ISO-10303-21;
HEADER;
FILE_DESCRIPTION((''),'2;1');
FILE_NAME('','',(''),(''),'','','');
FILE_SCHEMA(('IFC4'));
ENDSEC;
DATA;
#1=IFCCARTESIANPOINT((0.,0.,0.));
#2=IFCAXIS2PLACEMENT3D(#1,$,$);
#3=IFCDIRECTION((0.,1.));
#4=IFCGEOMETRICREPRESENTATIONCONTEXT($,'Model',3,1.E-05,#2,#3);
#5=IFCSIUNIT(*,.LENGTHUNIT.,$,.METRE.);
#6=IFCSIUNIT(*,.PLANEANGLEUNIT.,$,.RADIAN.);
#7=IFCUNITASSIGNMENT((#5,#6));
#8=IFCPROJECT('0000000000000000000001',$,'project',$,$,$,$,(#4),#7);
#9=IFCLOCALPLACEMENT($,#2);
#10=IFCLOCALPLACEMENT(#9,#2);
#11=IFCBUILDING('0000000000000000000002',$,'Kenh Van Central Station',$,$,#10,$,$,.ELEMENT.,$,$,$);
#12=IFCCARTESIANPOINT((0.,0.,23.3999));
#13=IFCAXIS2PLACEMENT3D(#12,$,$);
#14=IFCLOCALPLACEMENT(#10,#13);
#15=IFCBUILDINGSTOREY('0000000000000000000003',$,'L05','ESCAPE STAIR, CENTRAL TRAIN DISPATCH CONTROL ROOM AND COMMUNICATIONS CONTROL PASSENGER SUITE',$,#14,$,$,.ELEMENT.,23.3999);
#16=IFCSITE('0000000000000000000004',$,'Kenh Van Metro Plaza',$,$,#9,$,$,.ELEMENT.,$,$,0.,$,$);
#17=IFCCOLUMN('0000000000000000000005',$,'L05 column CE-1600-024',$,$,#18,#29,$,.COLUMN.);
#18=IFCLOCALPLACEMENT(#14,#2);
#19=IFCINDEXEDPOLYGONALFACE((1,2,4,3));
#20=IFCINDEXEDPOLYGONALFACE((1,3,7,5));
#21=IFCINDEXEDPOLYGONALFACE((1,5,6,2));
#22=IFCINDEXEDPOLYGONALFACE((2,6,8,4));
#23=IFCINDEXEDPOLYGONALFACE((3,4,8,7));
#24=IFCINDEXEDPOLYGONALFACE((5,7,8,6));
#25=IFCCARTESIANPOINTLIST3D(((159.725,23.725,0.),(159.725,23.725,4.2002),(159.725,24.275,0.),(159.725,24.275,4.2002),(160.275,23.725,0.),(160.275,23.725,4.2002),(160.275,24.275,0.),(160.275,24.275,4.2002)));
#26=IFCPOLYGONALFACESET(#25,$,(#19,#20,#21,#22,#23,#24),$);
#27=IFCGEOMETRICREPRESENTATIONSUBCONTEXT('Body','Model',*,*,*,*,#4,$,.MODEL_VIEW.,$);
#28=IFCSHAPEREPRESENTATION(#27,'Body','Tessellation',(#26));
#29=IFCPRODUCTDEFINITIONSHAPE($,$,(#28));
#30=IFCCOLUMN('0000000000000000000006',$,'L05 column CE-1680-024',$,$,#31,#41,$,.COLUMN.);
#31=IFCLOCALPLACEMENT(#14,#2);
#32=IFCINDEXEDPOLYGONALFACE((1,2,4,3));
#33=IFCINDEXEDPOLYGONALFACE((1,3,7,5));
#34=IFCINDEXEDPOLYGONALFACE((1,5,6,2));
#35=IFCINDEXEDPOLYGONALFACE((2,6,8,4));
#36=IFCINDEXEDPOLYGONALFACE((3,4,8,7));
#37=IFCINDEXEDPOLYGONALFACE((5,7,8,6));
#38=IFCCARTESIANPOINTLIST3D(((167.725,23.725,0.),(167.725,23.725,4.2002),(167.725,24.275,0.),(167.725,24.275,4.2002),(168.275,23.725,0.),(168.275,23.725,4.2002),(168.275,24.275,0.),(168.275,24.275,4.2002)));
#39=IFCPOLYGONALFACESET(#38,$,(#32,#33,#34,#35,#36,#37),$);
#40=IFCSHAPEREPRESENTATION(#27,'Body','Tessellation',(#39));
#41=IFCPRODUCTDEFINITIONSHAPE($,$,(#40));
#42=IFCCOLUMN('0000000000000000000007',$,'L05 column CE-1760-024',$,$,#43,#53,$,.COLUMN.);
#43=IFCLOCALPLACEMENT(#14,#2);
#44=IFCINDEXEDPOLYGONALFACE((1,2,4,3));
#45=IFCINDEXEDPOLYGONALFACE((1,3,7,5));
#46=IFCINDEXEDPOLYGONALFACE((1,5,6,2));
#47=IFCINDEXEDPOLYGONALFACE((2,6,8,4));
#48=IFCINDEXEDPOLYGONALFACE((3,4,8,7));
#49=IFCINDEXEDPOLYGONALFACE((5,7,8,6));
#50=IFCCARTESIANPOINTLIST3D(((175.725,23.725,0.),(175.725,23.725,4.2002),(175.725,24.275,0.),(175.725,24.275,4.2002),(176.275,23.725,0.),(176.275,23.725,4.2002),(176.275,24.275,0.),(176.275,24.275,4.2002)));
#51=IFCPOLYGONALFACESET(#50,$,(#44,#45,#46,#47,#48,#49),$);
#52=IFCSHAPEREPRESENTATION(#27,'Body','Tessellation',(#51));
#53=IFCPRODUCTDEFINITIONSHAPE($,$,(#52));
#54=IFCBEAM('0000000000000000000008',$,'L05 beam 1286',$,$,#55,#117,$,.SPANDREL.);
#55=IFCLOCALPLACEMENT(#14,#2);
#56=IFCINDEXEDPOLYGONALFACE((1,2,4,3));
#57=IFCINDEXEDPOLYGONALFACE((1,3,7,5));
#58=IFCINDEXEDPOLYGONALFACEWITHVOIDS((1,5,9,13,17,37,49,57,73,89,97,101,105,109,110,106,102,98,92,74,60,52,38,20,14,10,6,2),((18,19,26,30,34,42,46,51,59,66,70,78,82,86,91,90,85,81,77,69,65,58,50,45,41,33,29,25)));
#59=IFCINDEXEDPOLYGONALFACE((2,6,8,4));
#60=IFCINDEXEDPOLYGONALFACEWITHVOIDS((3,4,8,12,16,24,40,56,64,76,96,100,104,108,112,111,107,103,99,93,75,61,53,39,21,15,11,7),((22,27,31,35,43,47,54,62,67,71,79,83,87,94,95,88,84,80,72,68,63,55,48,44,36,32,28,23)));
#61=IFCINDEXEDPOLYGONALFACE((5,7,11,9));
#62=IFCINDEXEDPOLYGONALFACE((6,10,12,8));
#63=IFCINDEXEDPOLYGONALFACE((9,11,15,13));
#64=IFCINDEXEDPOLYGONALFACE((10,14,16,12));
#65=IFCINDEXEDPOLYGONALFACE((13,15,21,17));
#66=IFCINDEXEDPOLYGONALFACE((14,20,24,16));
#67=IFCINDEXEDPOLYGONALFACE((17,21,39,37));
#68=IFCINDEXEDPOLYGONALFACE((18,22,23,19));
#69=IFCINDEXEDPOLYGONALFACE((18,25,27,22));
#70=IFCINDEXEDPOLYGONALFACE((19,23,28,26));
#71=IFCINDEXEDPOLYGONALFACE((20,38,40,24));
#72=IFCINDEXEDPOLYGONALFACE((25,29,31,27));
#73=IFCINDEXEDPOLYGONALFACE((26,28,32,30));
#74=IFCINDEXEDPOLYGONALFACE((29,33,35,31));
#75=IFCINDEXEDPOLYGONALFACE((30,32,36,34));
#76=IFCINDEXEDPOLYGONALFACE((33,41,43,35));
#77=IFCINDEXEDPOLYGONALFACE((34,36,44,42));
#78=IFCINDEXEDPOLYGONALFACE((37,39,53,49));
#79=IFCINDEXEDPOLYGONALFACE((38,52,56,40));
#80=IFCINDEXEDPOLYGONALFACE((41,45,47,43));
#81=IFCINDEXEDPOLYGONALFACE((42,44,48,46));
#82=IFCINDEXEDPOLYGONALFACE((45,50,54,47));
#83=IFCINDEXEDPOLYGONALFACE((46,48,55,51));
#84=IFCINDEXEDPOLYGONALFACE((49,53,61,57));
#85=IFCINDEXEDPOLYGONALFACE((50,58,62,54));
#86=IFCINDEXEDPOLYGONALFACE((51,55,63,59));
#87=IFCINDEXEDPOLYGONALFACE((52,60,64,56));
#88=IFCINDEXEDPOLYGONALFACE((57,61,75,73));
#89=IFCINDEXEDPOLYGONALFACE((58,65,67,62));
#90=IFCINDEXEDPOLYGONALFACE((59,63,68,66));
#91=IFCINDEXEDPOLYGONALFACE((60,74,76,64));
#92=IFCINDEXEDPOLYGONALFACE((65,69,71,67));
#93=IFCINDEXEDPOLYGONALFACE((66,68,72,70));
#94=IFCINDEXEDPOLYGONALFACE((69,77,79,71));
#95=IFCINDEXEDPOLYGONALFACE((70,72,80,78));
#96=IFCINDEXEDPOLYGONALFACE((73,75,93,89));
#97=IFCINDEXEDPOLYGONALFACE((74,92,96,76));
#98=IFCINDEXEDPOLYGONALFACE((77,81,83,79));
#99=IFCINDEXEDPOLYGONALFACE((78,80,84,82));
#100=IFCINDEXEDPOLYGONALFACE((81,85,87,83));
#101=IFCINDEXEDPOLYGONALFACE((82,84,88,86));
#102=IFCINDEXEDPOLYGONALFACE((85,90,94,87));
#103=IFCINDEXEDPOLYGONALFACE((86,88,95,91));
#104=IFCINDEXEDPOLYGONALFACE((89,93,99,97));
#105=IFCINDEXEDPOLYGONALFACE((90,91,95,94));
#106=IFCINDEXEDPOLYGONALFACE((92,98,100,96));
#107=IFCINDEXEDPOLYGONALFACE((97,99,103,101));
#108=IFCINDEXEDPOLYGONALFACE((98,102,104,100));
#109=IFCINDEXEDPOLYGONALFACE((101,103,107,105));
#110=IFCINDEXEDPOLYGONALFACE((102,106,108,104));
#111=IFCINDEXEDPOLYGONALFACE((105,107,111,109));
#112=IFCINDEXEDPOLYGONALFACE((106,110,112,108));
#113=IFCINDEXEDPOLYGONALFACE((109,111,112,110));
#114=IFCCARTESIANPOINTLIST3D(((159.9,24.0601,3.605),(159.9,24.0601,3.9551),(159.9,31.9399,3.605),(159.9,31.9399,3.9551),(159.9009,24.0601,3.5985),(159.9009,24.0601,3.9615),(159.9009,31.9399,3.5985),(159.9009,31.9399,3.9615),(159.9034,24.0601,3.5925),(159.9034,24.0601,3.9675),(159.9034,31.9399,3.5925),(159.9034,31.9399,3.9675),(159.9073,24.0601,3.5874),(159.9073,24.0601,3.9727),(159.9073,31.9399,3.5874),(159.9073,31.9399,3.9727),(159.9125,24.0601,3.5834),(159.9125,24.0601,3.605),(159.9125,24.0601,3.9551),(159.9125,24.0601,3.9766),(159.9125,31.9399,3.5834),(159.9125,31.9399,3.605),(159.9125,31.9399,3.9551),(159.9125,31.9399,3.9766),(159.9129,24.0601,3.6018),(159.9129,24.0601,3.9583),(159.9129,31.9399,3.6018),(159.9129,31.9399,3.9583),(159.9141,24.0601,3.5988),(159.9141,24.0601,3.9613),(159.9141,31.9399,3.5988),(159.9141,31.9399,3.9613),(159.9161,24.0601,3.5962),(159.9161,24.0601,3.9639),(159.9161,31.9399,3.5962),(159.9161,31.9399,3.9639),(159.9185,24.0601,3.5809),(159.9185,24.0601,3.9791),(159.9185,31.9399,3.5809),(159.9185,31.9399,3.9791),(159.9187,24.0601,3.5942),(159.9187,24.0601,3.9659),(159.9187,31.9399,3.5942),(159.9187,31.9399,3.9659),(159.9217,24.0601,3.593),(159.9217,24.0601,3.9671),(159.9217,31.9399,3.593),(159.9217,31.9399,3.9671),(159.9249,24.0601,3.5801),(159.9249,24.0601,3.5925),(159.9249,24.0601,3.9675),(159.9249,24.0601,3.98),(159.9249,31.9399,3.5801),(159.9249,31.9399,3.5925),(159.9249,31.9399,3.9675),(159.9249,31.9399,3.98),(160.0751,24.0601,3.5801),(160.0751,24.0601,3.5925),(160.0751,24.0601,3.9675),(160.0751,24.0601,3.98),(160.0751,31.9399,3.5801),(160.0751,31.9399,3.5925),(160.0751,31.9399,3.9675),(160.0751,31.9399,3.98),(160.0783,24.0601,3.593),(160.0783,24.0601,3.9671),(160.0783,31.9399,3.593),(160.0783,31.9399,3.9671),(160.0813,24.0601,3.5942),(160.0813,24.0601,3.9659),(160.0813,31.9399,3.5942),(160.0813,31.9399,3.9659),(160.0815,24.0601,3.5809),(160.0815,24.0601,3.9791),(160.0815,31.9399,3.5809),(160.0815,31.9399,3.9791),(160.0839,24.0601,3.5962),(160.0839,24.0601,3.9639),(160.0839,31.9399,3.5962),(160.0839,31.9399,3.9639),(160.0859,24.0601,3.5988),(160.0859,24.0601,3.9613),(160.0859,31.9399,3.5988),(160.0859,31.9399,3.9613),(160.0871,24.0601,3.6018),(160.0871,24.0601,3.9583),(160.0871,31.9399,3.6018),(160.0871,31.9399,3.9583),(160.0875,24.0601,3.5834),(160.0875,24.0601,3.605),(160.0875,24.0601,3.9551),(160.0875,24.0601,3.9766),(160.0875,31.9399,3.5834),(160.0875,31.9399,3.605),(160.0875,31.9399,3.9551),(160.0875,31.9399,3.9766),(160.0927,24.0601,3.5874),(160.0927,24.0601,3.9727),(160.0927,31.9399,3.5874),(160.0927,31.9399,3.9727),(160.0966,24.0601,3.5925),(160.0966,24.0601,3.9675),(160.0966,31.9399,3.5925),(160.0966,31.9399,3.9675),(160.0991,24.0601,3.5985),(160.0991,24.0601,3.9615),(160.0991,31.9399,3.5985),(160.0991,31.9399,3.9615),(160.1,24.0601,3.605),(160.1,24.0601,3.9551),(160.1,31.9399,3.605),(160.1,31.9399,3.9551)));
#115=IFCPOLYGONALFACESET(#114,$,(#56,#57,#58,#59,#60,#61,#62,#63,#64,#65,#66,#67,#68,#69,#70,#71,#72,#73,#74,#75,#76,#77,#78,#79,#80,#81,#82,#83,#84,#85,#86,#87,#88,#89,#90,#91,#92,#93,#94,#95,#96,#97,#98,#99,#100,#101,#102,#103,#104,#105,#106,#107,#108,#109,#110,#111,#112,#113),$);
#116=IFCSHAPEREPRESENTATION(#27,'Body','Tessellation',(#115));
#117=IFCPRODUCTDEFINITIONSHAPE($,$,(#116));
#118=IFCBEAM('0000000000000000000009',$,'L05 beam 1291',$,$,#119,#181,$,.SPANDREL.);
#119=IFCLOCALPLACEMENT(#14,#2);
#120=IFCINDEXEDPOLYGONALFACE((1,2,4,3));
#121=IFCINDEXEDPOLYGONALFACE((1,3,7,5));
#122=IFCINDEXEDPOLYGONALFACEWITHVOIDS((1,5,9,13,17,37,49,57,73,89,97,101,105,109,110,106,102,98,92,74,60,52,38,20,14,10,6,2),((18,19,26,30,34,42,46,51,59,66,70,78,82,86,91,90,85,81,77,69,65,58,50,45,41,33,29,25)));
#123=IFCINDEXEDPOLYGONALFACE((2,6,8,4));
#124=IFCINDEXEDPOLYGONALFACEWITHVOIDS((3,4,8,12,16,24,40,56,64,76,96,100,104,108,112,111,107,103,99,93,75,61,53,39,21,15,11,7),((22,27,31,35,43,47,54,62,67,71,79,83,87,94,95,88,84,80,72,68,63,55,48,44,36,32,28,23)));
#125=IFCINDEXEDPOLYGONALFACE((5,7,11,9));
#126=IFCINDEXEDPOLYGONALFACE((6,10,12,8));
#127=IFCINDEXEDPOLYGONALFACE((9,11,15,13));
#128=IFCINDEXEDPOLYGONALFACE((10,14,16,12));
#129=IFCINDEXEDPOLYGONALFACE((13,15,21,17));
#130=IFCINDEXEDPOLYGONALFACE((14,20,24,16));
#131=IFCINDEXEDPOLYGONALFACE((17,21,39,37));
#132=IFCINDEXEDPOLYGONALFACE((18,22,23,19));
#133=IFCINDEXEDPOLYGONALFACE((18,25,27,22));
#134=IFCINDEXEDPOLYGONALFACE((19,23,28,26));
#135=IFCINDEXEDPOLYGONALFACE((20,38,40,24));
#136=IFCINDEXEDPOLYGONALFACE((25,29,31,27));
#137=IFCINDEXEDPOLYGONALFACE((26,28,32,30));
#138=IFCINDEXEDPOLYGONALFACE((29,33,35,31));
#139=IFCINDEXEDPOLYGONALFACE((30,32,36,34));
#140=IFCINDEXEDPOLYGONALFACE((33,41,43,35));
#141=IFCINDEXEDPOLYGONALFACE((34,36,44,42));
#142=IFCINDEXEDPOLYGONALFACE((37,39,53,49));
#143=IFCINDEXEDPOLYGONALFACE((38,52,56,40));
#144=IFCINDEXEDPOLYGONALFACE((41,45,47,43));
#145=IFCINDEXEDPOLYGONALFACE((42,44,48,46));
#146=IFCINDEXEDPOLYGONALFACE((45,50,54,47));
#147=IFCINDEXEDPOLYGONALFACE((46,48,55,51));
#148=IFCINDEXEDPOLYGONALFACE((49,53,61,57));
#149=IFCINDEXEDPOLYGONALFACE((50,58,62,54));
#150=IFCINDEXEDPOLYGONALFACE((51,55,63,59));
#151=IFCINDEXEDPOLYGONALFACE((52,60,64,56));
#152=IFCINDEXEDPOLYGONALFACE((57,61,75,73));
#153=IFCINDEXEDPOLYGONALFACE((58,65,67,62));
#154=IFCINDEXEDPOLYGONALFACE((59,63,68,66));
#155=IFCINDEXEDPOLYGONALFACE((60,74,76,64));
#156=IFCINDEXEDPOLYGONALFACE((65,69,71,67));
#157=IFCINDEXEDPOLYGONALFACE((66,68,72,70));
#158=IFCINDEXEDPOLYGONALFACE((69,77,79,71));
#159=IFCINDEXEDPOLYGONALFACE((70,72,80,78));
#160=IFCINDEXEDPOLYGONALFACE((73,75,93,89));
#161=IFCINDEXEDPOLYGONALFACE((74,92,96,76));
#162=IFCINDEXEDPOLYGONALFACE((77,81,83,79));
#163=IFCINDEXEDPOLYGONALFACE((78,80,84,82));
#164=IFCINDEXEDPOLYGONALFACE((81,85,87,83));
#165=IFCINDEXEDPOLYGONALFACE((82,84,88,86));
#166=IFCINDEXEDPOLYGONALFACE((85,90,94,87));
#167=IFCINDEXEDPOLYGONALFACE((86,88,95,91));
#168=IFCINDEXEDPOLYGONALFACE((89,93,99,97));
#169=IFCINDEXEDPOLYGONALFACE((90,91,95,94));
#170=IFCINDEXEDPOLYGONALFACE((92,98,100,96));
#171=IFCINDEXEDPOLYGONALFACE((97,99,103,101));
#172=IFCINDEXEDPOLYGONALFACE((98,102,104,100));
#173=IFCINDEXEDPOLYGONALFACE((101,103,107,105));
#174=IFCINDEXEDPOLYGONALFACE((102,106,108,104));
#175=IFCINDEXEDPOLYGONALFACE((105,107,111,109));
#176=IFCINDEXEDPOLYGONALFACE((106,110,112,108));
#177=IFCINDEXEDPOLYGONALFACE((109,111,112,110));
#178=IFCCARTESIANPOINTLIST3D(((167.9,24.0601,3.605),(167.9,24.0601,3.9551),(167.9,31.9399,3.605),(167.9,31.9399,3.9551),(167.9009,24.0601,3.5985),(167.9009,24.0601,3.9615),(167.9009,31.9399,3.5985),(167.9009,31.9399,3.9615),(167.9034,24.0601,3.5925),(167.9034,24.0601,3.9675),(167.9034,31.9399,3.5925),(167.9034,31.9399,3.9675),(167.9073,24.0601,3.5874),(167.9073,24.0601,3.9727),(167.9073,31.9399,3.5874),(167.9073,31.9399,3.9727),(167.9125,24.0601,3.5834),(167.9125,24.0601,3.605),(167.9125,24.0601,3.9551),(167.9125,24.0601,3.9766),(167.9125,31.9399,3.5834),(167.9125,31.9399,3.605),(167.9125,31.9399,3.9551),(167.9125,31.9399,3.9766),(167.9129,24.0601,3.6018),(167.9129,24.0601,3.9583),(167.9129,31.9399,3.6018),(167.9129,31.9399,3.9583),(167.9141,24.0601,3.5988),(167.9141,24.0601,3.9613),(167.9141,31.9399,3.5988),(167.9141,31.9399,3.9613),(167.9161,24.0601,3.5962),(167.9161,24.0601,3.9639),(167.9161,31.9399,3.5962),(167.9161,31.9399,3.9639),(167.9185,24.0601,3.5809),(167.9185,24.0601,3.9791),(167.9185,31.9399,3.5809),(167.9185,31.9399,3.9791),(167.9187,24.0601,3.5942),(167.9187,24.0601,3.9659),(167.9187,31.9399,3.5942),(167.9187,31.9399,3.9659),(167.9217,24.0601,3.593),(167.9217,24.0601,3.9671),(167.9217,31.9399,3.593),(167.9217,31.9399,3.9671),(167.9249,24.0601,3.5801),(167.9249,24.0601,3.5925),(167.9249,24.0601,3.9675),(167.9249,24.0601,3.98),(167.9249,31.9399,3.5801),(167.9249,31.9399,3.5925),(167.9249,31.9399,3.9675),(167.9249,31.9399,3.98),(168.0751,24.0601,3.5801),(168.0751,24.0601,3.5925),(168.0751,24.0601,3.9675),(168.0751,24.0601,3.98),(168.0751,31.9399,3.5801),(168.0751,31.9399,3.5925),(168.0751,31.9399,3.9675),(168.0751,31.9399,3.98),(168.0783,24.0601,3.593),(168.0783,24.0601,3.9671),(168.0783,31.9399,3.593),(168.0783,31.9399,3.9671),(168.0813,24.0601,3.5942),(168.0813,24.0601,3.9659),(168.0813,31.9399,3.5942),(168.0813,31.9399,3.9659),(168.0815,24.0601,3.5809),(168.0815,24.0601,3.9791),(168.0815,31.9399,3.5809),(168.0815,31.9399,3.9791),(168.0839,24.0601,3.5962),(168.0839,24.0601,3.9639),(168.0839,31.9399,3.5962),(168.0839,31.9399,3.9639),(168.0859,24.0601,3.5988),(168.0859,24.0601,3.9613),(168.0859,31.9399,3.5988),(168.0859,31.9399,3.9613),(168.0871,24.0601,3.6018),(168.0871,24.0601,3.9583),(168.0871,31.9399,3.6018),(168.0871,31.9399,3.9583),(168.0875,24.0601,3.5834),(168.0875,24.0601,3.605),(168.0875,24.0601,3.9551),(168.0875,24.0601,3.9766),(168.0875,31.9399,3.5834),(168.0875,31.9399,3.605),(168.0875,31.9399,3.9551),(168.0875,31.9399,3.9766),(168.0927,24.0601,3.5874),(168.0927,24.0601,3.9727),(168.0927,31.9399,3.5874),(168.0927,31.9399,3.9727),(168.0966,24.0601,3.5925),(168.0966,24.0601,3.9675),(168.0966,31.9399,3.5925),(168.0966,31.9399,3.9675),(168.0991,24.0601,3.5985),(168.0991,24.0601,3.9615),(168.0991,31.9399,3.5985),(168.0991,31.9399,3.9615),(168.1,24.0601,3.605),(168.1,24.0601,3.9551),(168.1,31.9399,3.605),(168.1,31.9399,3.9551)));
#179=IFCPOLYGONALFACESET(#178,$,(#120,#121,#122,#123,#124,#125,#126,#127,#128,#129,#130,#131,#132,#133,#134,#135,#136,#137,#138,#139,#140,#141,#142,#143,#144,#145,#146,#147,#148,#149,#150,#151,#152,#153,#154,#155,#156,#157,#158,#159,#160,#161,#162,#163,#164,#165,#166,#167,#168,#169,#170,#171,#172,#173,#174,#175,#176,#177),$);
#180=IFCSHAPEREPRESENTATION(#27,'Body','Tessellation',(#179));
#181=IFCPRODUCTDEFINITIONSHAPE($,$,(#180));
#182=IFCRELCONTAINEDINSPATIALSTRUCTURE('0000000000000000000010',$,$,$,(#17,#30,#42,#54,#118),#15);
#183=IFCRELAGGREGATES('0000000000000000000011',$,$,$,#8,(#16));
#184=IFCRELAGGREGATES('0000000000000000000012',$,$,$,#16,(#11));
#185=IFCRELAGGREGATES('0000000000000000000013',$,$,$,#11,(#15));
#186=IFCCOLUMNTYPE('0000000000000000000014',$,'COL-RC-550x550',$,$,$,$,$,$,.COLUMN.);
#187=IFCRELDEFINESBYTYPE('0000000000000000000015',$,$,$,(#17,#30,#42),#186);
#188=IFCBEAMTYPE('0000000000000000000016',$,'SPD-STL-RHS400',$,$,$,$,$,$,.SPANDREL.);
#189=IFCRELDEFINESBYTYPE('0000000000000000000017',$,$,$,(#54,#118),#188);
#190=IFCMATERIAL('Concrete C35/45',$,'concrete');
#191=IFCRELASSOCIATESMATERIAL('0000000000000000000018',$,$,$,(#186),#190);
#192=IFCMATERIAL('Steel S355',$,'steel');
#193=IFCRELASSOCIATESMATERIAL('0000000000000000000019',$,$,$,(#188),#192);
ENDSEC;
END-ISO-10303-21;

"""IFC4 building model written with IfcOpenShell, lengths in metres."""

from ifc_helpers import new_model, si_unit, direction, frame, origin, origin_2d, place, context, subcontext, project, spatial, rectangle, hollow_rectangle, extrude, material, material_profile, profile_set, type_object, element, save


model = new_model("IFC4")

# Units and contexts
model_context = context("Model", 3, precision=1e-05, world=origin(), true_north=direction((0.0, 1.0)))
body_context = subcontext(model_context, "Body", "Model", "MODEL_VIEW")
ifc_project = project(units=[si_unit("LENGTHUNIT", "METRE"), si_unit("PLANEANGLEUNIT", "RADIAN")], contexts=[model_context])

# Site, building, storey
site_placement = place(None, origin())
site = spatial("IfcSite", under=ifc_project, at=site_placement, Name="Kenh Van Metro Plaza", CompositionType="ELEMENT", RefElevation=0.0)
building_placement = place(site_placement, origin())
building = spatial("IfcBuilding", under=site, at=building_placement, Name="Kenh Van Central Station", CompositionType="ELEMENT")
storey_placement = place(building_placement, frame((0.0, 0.0, 23.3999)))
storey = spatial("IfcBuildingStorey", under=building, at=storey_placement, Name="L05", Description="ESCAPE STAIR, CENTRAL TRAIN DISPATCH CONTROL ROOM AND COMMUNICATIONS CONTROL PASSENGER SUITE", CompositionType="ELEMENT", Elevation=23.3999)

# Columns
ifc_material_1 = material(Name="Concrete C35/45", Category="concrete")
ifc_material_profile_1 = material_profile(ifc_material_1, rectangle(XDim=0.55, YDim=0.55, at=origin_2d()), Name="RC 550x550")
ifc_profile_set_1 = profile_set([ifc_material_profile_1], Name="Concrete C35/45")
column_type = type_object("IfcColumnType", Name="COL-RC-550x550", PredefinedType="COLUMN", material=ifc_profile_set_1)
for number, where, z_axis, x_axis, name in (
    (1, (160.0, 24.0, 0.0), (0.0, 0.0, 1.0), (1.0, 0.0, 0.0), "L05 column CE-1600-024"),
    (2, (168.0, 24.0, 0.0), (0.0, 0.0, 1.0), (1.0, 0.0, 0.0), "L05 column CE-1680-024"),
    (3, (176.0, 24.0, 0.0), (0.0, 0.0, 1.0), (1.0, 0.0, 0.0), "L05 column CE-1760-024"),
):
    element("IfcColumn", number, at=place(storey_placement, frame(where, z_axis=z_axis, x_axis=x_axis)), inside=storey, type_object=column_type, Name=name, PredefinedType="COLUMN", context=body_context, shape_type="SweptSolid", body=[
        extrude(rectangle(XDim=0.55, YDim=0.55, at=origin_2d()), origin(), (0.0, 0.0, 1.0), 4.2002),
    ])

# Beams
ifc_material_2 = material(Name="Steel S355", Category="steel")
ifc_material_profile_2 = material_profile(ifc_material_2, hollow_rectangle(XDim=0.2, YDim=0.3999, WallThickness=0.0125, InnerFilletRadius=0.0125, OuterFilletRadius=0.0249, at=origin_2d()), Name="RHS 400x200x12.5")
ifc_profile_set_2 = profile_set([ifc_material_profile_2], Name="Steel S355")
beam_type = type_object("IfcBeamType", Name="SPD-STL-RHS400", PredefinedType="SPANDREL", material=ifc_profile_set_2)
for number, where, z_axis, x_axis, name in (
    (4, (160.0, 24.0601, 3.78), (0.0, 1.0, 0.0), (-1.0, 0.0, 0.0), "L05 beam 1286"),
    (5, (168.0, 24.0601, 3.78), (0.0, 1.0, 0.0), (-1.0, 0.0, 0.0), "L05 beam 1291"),
):
    element("IfcBeam", number, at=place(storey_placement, frame(where, z_axis=z_axis, x_axis=x_axis)), inside=storey, type_object=beam_type, Name=name, PredefinedType="SPANDREL", context=body_context, shape_type="SweptSolid", body=[
        extrude(hollow_rectangle(XDim=0.2, YDim=0.3999, WallThickness=0.0125, InnerFilletRadius=0.0125, OuterFilletRadius=0.0249, at=origin_2d()), origin(), (0.0, 0.0, 1.0), 7.8799),
    ])

save(model, "model.ifc")
